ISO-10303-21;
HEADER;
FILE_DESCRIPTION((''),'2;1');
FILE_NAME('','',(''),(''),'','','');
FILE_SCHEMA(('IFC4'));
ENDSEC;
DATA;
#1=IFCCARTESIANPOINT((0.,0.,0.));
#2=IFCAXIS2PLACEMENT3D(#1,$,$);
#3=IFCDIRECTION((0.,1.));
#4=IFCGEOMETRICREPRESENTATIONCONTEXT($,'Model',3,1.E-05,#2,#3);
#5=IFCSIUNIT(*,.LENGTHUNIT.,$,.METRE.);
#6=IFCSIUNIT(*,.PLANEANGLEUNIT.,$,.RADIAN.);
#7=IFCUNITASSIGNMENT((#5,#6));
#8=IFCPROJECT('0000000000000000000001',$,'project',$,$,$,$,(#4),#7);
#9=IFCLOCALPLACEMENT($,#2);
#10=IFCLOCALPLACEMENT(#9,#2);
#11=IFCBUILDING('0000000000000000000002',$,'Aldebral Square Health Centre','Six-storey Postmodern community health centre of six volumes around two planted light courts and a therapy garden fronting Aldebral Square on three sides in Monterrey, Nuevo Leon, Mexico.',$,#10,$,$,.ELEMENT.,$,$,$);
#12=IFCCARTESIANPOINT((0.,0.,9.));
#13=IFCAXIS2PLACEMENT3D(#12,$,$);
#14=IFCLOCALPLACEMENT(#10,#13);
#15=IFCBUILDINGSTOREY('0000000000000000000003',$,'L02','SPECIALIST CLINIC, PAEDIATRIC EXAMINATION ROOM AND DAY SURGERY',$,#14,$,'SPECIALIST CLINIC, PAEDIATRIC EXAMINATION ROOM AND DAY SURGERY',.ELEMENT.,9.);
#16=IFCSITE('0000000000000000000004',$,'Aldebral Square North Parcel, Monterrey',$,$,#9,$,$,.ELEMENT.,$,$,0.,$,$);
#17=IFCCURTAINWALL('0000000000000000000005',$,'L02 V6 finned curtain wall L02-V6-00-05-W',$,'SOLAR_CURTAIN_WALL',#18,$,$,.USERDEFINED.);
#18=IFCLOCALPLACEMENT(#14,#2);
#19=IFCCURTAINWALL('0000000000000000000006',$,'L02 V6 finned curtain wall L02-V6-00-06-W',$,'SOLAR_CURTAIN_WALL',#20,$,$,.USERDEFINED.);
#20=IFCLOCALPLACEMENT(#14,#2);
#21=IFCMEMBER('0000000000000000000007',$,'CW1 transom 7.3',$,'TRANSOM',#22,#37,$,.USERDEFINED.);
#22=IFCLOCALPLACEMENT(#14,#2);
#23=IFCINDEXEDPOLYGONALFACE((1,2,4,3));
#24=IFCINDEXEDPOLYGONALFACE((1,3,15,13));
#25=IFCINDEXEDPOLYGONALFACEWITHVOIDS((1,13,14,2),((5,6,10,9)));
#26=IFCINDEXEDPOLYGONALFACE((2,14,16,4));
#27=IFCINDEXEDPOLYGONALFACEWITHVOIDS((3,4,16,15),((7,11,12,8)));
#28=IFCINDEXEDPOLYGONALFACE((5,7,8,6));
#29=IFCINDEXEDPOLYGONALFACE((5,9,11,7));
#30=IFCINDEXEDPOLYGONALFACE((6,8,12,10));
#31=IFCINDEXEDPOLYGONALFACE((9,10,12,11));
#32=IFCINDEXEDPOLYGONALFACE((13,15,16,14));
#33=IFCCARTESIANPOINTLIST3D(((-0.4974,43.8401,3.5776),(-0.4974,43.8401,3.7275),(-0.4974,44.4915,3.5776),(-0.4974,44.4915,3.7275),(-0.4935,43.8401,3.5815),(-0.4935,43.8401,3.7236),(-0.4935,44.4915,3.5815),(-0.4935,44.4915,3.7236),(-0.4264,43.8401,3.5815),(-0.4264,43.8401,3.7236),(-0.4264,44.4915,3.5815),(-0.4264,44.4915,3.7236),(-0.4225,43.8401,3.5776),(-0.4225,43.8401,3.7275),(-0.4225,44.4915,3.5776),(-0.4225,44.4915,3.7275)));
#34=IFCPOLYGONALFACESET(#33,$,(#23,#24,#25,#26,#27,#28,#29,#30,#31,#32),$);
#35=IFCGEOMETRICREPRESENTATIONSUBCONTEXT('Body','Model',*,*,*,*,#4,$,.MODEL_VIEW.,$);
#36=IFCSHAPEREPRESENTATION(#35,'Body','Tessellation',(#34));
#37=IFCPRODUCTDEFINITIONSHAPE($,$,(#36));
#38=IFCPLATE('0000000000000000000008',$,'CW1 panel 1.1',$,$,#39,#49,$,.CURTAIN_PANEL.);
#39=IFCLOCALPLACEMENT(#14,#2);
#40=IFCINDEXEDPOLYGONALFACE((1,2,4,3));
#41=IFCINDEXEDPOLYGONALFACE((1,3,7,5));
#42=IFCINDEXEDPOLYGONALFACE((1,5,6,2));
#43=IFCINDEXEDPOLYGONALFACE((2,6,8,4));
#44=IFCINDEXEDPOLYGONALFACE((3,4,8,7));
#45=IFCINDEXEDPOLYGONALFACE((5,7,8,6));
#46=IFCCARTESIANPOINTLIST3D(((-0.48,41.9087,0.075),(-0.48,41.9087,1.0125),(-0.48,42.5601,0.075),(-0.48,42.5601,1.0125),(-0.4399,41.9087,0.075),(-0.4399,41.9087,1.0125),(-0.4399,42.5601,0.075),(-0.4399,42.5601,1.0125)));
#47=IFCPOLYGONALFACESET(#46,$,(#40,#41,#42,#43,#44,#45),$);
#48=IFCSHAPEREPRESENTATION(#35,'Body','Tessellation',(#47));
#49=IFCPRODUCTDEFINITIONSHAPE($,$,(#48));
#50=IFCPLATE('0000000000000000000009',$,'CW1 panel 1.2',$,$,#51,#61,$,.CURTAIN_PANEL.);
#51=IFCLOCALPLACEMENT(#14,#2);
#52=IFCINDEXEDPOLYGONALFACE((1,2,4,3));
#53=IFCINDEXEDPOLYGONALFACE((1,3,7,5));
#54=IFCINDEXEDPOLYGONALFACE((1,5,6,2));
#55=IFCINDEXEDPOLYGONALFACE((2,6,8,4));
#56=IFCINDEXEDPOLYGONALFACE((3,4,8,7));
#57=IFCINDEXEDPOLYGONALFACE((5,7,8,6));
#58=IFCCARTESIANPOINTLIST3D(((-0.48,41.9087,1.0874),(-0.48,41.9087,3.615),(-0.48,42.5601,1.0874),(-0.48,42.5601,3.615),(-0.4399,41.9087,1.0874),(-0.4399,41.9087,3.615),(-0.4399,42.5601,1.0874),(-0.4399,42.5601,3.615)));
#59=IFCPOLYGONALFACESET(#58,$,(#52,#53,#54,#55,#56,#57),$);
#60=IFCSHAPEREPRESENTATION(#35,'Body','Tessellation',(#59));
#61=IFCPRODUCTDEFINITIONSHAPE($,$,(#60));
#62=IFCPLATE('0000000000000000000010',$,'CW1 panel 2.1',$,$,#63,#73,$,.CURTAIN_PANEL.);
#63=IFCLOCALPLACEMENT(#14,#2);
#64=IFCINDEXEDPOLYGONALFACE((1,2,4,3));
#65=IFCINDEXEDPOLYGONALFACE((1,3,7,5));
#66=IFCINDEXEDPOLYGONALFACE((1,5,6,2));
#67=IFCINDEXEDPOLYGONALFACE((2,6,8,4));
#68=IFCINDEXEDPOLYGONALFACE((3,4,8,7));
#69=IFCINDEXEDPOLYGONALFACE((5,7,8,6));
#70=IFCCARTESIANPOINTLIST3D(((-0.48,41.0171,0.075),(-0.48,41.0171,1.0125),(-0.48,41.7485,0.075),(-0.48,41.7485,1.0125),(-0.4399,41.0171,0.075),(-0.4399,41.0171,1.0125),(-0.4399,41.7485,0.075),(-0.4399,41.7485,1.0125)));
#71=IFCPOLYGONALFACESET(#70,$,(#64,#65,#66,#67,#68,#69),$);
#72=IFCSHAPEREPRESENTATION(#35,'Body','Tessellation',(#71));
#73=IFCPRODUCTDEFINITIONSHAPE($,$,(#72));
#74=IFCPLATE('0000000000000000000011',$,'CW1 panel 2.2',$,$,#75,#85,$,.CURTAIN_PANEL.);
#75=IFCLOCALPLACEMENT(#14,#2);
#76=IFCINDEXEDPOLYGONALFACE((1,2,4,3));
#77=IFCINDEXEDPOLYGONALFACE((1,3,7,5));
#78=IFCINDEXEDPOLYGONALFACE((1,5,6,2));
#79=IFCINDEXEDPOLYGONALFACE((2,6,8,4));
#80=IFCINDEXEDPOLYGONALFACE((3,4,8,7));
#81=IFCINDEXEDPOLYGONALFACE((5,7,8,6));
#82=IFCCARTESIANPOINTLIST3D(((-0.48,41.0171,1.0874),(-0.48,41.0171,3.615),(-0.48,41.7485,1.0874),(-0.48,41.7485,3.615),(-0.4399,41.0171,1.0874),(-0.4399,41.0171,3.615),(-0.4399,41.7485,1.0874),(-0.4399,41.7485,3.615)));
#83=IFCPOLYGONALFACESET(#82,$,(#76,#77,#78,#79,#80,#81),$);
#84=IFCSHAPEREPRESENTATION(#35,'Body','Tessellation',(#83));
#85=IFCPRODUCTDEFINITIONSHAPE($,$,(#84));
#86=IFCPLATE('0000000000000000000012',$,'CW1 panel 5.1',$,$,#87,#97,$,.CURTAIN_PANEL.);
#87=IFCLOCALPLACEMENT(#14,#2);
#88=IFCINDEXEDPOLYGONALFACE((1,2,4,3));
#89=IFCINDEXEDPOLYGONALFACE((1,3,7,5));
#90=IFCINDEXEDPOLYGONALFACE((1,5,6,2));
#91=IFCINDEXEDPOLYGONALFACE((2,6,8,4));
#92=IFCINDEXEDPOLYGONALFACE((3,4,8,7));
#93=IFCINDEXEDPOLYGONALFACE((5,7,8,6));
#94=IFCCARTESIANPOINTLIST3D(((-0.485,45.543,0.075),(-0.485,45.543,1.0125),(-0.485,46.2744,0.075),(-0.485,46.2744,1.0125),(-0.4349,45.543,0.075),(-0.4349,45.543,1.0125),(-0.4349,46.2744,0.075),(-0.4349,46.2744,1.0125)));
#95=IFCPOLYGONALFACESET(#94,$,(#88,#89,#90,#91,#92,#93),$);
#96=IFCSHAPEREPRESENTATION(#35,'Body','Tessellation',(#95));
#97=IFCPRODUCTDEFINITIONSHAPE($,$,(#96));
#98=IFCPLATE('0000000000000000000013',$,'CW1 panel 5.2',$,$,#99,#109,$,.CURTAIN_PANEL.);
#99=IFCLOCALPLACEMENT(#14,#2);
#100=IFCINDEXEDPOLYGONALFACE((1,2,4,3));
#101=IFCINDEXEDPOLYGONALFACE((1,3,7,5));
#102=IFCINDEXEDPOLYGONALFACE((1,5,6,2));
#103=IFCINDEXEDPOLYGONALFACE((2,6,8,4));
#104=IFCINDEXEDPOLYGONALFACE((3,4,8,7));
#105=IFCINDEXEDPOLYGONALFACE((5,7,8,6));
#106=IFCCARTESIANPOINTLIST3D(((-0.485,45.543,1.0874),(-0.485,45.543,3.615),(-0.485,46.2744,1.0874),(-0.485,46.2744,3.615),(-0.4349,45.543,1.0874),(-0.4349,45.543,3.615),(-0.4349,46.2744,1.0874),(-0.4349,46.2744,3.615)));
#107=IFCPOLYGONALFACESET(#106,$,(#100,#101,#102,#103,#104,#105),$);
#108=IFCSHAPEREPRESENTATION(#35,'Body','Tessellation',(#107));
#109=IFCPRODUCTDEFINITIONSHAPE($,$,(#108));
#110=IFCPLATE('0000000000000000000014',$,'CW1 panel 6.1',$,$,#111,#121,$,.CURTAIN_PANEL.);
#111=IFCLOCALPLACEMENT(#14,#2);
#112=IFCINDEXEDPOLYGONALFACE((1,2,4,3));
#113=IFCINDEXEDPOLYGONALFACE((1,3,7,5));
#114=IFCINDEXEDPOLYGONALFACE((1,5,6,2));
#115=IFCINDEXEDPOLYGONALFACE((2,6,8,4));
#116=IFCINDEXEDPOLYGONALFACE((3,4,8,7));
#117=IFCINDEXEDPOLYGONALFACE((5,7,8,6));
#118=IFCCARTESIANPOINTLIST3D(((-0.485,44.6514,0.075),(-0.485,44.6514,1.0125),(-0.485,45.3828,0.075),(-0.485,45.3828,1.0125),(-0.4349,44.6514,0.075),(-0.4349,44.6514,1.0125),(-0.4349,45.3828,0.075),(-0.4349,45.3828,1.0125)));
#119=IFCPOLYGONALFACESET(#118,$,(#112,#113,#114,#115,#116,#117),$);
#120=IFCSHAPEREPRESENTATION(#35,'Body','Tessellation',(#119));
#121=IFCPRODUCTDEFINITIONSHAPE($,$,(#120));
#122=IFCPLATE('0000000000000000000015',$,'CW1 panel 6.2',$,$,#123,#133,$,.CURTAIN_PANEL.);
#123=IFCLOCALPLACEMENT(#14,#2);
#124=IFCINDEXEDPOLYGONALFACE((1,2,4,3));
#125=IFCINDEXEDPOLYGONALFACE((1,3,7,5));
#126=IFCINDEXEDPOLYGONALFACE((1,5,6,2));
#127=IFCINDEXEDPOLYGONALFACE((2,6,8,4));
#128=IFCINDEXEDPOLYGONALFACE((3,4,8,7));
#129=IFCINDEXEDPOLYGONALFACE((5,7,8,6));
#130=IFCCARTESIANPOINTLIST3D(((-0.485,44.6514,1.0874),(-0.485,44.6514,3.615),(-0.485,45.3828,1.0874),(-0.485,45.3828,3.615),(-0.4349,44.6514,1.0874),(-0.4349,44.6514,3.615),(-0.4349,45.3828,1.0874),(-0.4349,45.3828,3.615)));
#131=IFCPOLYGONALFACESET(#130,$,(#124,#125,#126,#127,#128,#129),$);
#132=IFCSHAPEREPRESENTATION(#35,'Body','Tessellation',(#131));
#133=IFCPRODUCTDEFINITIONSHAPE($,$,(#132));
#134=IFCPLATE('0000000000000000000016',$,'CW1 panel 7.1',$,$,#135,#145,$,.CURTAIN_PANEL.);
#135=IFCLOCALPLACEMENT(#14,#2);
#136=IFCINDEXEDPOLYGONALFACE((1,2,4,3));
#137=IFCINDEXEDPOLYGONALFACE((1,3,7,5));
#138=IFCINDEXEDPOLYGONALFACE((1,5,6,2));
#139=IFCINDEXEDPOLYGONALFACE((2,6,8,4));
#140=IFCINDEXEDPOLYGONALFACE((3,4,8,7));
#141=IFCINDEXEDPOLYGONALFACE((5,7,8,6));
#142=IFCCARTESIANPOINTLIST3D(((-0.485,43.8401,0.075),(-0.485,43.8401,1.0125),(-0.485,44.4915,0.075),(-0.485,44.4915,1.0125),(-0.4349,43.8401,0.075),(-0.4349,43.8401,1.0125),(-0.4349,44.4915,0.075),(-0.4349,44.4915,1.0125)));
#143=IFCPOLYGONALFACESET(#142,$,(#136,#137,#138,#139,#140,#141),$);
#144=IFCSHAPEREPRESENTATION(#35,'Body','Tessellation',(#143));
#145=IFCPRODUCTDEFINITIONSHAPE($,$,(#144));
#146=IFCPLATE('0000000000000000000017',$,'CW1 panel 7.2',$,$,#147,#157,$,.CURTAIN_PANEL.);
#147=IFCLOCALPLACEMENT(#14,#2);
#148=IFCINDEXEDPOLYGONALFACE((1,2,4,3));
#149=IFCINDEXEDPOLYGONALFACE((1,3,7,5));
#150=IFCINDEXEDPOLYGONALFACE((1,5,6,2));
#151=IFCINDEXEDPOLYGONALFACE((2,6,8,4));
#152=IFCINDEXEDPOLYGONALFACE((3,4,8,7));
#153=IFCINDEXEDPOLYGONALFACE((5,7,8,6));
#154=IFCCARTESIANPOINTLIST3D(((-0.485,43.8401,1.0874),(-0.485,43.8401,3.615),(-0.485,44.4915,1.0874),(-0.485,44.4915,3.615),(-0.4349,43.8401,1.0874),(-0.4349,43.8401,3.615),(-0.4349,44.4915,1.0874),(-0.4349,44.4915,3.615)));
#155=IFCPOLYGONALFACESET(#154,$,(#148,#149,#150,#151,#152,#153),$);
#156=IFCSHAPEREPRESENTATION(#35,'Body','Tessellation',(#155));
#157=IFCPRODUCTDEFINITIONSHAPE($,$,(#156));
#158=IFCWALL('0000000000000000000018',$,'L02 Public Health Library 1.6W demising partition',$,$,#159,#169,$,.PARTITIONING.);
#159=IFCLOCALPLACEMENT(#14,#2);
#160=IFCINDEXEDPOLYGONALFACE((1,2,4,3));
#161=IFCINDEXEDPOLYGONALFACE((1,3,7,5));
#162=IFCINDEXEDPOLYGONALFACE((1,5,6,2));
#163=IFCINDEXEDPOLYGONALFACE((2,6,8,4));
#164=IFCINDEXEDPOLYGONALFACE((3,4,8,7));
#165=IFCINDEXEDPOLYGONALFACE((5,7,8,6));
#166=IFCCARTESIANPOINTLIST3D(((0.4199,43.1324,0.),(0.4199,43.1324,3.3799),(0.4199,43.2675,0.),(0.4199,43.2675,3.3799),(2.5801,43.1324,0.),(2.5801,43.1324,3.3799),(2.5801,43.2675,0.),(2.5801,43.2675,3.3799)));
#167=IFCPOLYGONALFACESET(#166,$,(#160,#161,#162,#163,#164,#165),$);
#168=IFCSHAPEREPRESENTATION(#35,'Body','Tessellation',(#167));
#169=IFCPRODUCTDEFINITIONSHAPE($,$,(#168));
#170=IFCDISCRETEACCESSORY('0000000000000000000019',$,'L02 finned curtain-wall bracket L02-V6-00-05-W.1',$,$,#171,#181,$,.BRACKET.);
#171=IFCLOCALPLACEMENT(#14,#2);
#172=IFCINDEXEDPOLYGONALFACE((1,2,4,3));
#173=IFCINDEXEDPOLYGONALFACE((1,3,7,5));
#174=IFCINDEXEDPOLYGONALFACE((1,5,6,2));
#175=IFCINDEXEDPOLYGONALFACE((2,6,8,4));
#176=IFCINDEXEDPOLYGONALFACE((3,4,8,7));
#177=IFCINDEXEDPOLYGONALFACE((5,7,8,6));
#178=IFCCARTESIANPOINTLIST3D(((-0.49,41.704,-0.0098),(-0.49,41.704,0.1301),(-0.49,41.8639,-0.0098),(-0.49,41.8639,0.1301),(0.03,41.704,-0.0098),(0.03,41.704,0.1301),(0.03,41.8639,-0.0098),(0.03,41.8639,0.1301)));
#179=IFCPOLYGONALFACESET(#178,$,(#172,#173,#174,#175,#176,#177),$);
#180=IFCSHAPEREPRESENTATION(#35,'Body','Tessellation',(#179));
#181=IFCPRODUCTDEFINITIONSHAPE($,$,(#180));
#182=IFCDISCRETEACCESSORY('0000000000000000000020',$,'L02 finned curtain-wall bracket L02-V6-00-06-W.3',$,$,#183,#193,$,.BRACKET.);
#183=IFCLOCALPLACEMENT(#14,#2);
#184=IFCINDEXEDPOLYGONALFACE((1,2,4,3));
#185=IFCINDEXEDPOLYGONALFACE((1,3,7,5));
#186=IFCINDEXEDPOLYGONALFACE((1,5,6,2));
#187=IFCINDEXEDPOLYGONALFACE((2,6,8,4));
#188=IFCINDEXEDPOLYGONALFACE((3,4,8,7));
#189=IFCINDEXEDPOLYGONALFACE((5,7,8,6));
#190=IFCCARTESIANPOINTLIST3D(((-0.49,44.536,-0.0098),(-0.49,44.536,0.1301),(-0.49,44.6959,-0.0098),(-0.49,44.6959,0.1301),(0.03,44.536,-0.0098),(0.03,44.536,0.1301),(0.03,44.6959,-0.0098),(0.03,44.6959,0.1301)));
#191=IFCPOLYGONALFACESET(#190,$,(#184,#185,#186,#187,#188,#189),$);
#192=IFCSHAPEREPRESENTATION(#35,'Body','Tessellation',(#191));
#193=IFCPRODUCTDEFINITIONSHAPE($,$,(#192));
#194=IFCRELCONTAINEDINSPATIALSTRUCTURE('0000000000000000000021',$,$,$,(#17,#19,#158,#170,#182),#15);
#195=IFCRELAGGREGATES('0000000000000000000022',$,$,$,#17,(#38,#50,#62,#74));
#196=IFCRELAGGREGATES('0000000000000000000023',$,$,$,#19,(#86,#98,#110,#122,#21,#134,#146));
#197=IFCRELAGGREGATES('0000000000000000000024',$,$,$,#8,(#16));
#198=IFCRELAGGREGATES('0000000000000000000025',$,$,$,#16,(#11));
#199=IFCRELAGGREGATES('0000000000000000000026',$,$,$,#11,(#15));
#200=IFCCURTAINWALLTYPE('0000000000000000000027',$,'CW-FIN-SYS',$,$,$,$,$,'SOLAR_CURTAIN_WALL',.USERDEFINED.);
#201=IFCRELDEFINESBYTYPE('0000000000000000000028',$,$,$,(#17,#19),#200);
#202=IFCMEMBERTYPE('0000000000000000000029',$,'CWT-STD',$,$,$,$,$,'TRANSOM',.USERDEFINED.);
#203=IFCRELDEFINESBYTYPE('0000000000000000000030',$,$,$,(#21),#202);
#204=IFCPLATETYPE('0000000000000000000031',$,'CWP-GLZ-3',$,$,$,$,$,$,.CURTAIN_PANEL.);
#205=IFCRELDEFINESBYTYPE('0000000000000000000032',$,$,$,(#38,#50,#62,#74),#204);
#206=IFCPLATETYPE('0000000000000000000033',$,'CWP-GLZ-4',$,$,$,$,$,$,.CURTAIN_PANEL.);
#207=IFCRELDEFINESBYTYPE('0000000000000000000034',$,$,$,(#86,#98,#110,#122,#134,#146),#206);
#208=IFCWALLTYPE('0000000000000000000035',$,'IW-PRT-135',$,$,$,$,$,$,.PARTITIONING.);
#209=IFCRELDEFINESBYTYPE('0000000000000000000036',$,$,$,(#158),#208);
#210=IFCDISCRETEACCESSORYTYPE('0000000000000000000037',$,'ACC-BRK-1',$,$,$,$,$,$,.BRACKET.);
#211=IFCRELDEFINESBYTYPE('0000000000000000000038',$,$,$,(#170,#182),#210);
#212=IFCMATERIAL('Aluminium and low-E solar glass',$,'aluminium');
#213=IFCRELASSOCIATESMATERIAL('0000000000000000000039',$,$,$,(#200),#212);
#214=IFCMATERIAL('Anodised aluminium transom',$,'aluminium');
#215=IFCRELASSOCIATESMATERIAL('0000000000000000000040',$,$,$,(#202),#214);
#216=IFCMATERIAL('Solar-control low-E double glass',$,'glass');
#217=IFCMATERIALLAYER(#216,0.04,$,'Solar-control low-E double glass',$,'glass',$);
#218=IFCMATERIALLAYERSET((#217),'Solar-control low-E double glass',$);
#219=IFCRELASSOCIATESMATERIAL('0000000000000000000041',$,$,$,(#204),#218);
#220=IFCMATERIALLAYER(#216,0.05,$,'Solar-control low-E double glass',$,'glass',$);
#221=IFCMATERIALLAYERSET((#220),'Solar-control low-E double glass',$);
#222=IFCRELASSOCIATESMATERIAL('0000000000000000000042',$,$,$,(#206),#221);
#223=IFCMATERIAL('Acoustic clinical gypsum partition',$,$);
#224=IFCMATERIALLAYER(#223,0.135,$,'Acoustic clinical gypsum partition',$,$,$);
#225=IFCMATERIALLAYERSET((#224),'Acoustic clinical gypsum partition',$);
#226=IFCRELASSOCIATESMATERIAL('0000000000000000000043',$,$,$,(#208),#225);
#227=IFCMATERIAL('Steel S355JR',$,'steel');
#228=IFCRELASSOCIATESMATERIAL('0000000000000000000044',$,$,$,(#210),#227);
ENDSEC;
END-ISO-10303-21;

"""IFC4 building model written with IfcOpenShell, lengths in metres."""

from ifc_helpers import new_model, si_unit, direction, frame, frame_2d, origin, origin_2d, place, context, subcontext, project, spatial, rectangle, hollow_rectangle, extrude, material, layer, layer_set, material_profile, profile_set, type_object, element, aggregate, save


model = new_model("IFC4")

# Units and contexts
model_context = context("Model", 3, precision=1e-05, world=origin(), true_north=direction((0.0, 1.0)))
body_context = subcontext(model_context, "Body", "Model", "MODEL_VIEW")
ifc_project = project(units=[si_unit("LENGTHUNIT", "METRE"), si_unit("PLANEANGLEUNIT", "RADIAN")], contexts=[model_context])

# Site, building, storey
site_placement = place(None, origin())
site = spatial("IfcSite", under=ifc_project, at=site_placement, Name="Aldebral Square North Parcel, Monterrey", CompositionType="ELEMENT", RefElevation=0.0)
building_placement = place(site_placement, origin())
building = spatial("IfcBuilding", under=site, at=building_placement, Name="Aldebral Square Health Centre", Description="Six-storey Postmodern community health centre of six volumes around two planted light courts and a therapy garden fronting Aldebral Square on three sides in Monterrey, Nuevo Leon, Mexico.", CompositionType="ELEMENT")
storey_placement = place(building_placement, frame((0.0, 0.0, 9.0)))
storey = spatial("IfcBuildingStorey", under=building, at=storey_placement, Name="L02", Description="SPECIALIST CLINIC, PAEDIATRIC EXAMINATION ROOM AND DAY SURGERY", LongName="SPECIALIST CLINIC, PAEDIATRIC EXAMINATION ROOM AND DAY SURGERY", CompositionType="ELEMENT", Elevation=9.0)

# Curtain walls
ifc_material_1 = material(Name="Aluminium and low-E solar glass", Category="aluminium")
curtain_wall_type = type_object("IfcCurtainWallType", Name="CW-FIN-SYS", ElementType="SOLAR_CURTAIN_WALL", PredefinedType="USERDEFINED", material=ifc_material_1)
curtain_wall_1_placement = place(storey_placement, origin())
curtain_wall_1 = element("IfcCurtainWall", 1, at=curtain_wall_1_placement, inside=storey, type_object=curtain_wall_type, Name="L02 V6 finned curtain wall L02-V6-00-05-W", ObjectType="SOLAR_CURTAIN_WALL", PredefinedType="USERDEFINED")
curtain_wall_2_placement = place(storey_placement, origin())
curtain_wall_2 = element("IfcCurtainWall", 2, at=curtain_wall_2_placement, inside=storey, type_object=curtain_wall_type, Name="L02 V6 finned curtain wall L02-V6-00-06-W", ObjectType="SOLAR_CURTAIN_WALL", PredefinedType="USERDEFINED")

# Member
ifc_material_2 = material(Name="Anodised aluminium transom", Category="aluminium")
ifc_material_profile_1 = material_profile(ifc_material_2, hollow_rectangle(XDim=0.075, YDim=0.1499, WallThickness=0.0039, at=origin_2d()), Name="CWT 75x150x4")
ifc_profile_set_1 = profile_set([ifc_material_profile_1], Name="Anodised aluminium transom")
member_type_1 = type_object("IfcMemberType", Name="CWT-STD", ElementType="TRANSOM", PredefinedType="USERDEFINED", material=ifc_profile_set_1)
member_1_placement = place(storey_placement, frame((-0.46, 44.4915, 3.6526), z_axis=(0.0, -1.0, 0.0), x_axis=(1.0, 0.0, 0.0)))
member_1 = element("IfcMember", 3, at=member_1_placement, type_object=member_type_1, Name="CW1 transom 7.3", ObjectType="TRANSOM", PredefinedType="USERDEFINED", context=body_context, shape_type="SweptSolid", body=[
    extrude(hollow_rectangle(XDim=0.075, YDim=0.1499, WallThickness=0.0039, at=origin_2d()), origin(), (0.0, 0.0, 1.0), 0.6514),
])

# Plates
ifc_material_3 = material(Name="Solar-control low-E double glass", Category="glass")
ifc_layer_1 = layer(ifc_material_3, 0.04, Name="Solar-control low-E double glass", Category="glass")
ifc_layer_set_1 = layer_set([ifc_layer_1], Name="Solar-control low-E double glass")
plate_type_1 = type_object("IfcPlateType", Name="CWP-GLZ-3", PredefinedType="CURTAIN_PANEL", material=ifc_layer_set_1)
plate_1_placement = place(storey_placement, frame((-0.46, 42.2344, 0.075), z_axis=(0.0, 0.0, 1.0), x_axis=(0.0, -1.0, 0.0)))
plate_1 = element("IfcPlate", 4, at=plate_1_placement, type_object=plate_type_1, Name="CW1 panel 1.1", PredefinedType="CURTAIN_PANEL", context=body_context, shape_type="SweptSolid", body=[
    extrude(rectangle(XDim=0.6514, YDim=0.04, at=origin_2d()), origin(), (0.0, 0.0, 1.0), 0.9375),
])
plate_2_placement = place(storey_placement, frame((-0.46, 42.2344, 1.0874), z_axis=(0.0, 0.0, 1.0), x_axis=(0.0, -1.0, 0.0)))
plate_2 = element("IfcPlate", 5, at=plate_2_placement, type_object=plate_type_1, Name="CW1 panel 1.2", PredefinedType="CURTAIN_PANEL", context=body_context, shape_type="SweptSolid", body=[
    extrude(rectangle(XDim=0.6514, YDim=0.04, at=origin_2d()), origin(), (0.0, 0.0, 1.0), 2.5276),
])
plate_3_placement = place(storey_placement, frame((-0.46, 41.3828, 0.075), z_axis=(0.0, 0.0, 1.0), x_axis=(0.0, -1.0, 0.0)))
plate_3 = element("IfcPlate", 6, at=plate_3_placement, type_object=plate_type_1, Name="CW1 panel 2.1", PredefinedType="CURTAIN_PANEL", context=body_context, shape_type="SweptSolid", body=[
    extrude(rectangle(XDim=0.7314, YDim=0.04, at=origin_2d()), origin(), (0.0, 0.0, 1.0), 0.9375),
])
plate_4_placement = place(storey_placement, frame((-0.46, 41.3828, 1.0874), z_axis=(0.0, 0.0, 1.0), x_axis=(0.0, -1.0, 0.0)))
plate_4 = element("IfcPlate", 7, at=plate_4_placement, type_object=plate_type_1, Name="CW1 panel 2.2", PredefinedType="CURTAIN_PANEL", context=body_context, shape_type="SweptSolid", body=[
    extrude(rectangle(XDim=0.7314, YDim=0.04, at=origin_2d()), origin(), (0.0, 0.0, 1.0), 2.5276),
])
aggregate(curtain_wall_1, [plate_1, plate_2, plate_3, plate_4])
ifc_layer_2 = layer(ifc_material_3, 0.05, Name="Solar-control low-E double glass", Category="glass")
ifc_layer_set_2 = layer_set([ifc_layer_2], Name="Solar-control low-E double glass")
plate_type_2 = type_object("IfcPlateType", Name="CWP-GLZ-4", PredefinedType="CURTAIN_PANEL", material=ifc_layer_set_2)
plate_5_placement = place(storey_placement, frame((-0.46, 45.9087, 0.075), z_axis=(0.0, 0.0, 1.0), x_axis=(0.0, -1.0, 0.0)))
plate_5 = element("IfcPlate", 8, at=plate_5_placement, type_object=plate_type_2, Name="CW1 panel 5.1", PredefinedType="CURTAIN_PANEL", context=body_context, shape_type="SweptSolid", body=[
    extrude(rectangle(XDim=0.7314, YDim=0.05, at=origin_2d()), origin(), (0.0, 0.0, 1.0), 0.9375),
])
plate_6_placement = place(storey_placement, frame((-0.46, 45.9087, 1.0874), z_axis=(0.0, 0.0, 1.0), x_axis=(0.0, -1.0, 0.0)))
plate_6 = element("IfcPlate", 9, at=plate_6_placement, type_object=plate_type_2, Name="CW1 panel 5.2", PredefinedType="CURTAIN_PANEL", context=body_context, shape_type="SweptSolid", body=[
    extrude(rectangle(XDim=0.7314, YDim=0.05, at=origin_2d()), origin(), (0.0, 0.0, 1.0), 2.5276),
])
plate_7_placement = place(storey_placement, frame((-0.46, 45.0171, 0.075), z_axis=(0.0, 0.0, 1.0), x_axis=(0.0, -1.0, 0.0)))
plate_7 = element("IfcPlate", 10, at=plate_7_placement, type_object=plate_type_2, Name="CW1 panel 6.1", PredefinedType="CURTAIN_PANEL", context=body_context, shape_type="SweptSolid", body=[
    extrude(rectangle(XDim=0.7314, YDim=0.05, at=origin_2d()), origin(), (0.0, 0.0, 1.0), 0.9375),
])
plate_8_placement = place(storey_placement, frame((-0.46, 45.0171, 1.0874), z_axis=(0.0, 0.0, 1.0), x_axis=(0.0, -1.0, 0.0)))
plate_8 = element("IfcPlate", 11, at=plate_8_placement, type_object=plate_type_2, Name="CW1 panel 6.2", PredefinedType="CURTAIN_PANEL", context=body_context, shape_type="SweptSolid", body=[
    extrude(rectangle(XDim=0.7314, YDim=0.05, at=origin_2d()), origin(), (0.0, 0.0, 1.0), 2.5276),
])
plate_9_placement = place(storey_placement, frame((-0.46, 44.1658, 0.075), z_axis=(0.0, 0.0, 1.0), x_axis=(0.0, -1.0, 0.0)))
plate_9 = element("IfcPlate", 12, at=plate_9_placement, type_object=plate_type_2, Name="CW1 panel 7.1", PredefinedType="CURTAIN_PANEL", context=body_context, shape_type="SweptSolid", body=[
    extrude(rectangle(XDim=0.6514, YDim=0.05, at=origin_2d()), origin(), (0.0, 0.0, 1.0), 0.9375),
])
plate_10_placement = place(storey_placement, frame((-0.46, 44.1658, 1.0874), z_axis=(0.0, 0.0, 1.0), x_axis=(0.0, -1.0, 0.0)))
plate_10 = element("IfcPlate", 13, at=plate_10_placement, type_object=plate_type_2, Name="CW1 panel 7.2", PredefinedType="CURTAIN_PANEL", context=body_context, shape_type="SweptSolid", body=[
    extrude(rectangle(XDim=0.6514, YDim=0.05, at=origin_2d()), origin(), (0.0, 0.0, 1.0), 2.5276),
])
aggregate(curtain_wall_2, [plate_5, plate_6, plate_7, plate_8, member_1, plate_9, plate_10])

# Wall
ifc_material_4 = material(Name="Acoustic clinical gypsum partition")
ifc_layer_3 = layer(ifc_material_4, 0.135, Name="Acoustic clinical gypsum partition")
ifc_layer_set_3 = layer_set([ifc_layer_3], Name="Acoustic clinical gypsum partition")
wall_type = type_object("IfcWallType", Name="IW-PRT-135", PredefinedType="PARTITIONING", material=ifc_layer_set_3)
wall_placement = place(storey_placement, frame((0.4199, 43.2, 0.0), z_axis=(0.0, 0.0, 1.0), x_axis=(1.0, 0.0, 0.0)))
element("IfcWall", 14, at=wall_placement, inside=storey, type_object=wall_type, Name="L02 Public Health Library 1.6W demising partition", PredefinedType="PARTITIONING", context=body_context, shape_type="SweptSolid", body=[
    extrude(rectangle(XDim=2.1602, YDim=0.135, at=frame_2d((1.0801, 0.0))), origin(), (0.0, 0.0, 1.0), 3.3799),
])

# Discrete accessories
ifc_material_5 = material(Name="Steel S355JR", Category="steel")
discrete_accessory_type = type_object("IfcDiscreteAccessoryType", Name="ACC-BRK-1", PredefinedType="BRACKET", material=ifc_material_5)
for number, where, z_axis, x_axis, name in (
    (15, (-0.23, 41.7839, -0.0098), (0.0, 0.0, 1.0), (0.0, 1.0, 0.0), "L02 finned curtain-wall bracket L02-V6-00-05-W.1"),
    (16, (-0.23, 44.616, -0.0098), (0.0, 0.0, 1.0), (0.0, 1.0, 0.0), "L02 finned curtain-wall bracket L02-V6-00-06-W.3"),
):
    element("IfcDiscreteAccessory", number, at=place(storey_placement, frame(where, z_axis=z_axis, x_axis=x_axis)), inside=storey, type_object=discrete_accessory_type, Name=name, PredefinedType="BRACKET", context=body_context, shape_type="SweptSolid", body=[
        extrude(rectangle(XDim=0.1599, YDim=0.52, at=origin_2d()), origin(), (0.0, 0.0, 1.0), 0.1399),
    ])

save(model, "model.ifc")
